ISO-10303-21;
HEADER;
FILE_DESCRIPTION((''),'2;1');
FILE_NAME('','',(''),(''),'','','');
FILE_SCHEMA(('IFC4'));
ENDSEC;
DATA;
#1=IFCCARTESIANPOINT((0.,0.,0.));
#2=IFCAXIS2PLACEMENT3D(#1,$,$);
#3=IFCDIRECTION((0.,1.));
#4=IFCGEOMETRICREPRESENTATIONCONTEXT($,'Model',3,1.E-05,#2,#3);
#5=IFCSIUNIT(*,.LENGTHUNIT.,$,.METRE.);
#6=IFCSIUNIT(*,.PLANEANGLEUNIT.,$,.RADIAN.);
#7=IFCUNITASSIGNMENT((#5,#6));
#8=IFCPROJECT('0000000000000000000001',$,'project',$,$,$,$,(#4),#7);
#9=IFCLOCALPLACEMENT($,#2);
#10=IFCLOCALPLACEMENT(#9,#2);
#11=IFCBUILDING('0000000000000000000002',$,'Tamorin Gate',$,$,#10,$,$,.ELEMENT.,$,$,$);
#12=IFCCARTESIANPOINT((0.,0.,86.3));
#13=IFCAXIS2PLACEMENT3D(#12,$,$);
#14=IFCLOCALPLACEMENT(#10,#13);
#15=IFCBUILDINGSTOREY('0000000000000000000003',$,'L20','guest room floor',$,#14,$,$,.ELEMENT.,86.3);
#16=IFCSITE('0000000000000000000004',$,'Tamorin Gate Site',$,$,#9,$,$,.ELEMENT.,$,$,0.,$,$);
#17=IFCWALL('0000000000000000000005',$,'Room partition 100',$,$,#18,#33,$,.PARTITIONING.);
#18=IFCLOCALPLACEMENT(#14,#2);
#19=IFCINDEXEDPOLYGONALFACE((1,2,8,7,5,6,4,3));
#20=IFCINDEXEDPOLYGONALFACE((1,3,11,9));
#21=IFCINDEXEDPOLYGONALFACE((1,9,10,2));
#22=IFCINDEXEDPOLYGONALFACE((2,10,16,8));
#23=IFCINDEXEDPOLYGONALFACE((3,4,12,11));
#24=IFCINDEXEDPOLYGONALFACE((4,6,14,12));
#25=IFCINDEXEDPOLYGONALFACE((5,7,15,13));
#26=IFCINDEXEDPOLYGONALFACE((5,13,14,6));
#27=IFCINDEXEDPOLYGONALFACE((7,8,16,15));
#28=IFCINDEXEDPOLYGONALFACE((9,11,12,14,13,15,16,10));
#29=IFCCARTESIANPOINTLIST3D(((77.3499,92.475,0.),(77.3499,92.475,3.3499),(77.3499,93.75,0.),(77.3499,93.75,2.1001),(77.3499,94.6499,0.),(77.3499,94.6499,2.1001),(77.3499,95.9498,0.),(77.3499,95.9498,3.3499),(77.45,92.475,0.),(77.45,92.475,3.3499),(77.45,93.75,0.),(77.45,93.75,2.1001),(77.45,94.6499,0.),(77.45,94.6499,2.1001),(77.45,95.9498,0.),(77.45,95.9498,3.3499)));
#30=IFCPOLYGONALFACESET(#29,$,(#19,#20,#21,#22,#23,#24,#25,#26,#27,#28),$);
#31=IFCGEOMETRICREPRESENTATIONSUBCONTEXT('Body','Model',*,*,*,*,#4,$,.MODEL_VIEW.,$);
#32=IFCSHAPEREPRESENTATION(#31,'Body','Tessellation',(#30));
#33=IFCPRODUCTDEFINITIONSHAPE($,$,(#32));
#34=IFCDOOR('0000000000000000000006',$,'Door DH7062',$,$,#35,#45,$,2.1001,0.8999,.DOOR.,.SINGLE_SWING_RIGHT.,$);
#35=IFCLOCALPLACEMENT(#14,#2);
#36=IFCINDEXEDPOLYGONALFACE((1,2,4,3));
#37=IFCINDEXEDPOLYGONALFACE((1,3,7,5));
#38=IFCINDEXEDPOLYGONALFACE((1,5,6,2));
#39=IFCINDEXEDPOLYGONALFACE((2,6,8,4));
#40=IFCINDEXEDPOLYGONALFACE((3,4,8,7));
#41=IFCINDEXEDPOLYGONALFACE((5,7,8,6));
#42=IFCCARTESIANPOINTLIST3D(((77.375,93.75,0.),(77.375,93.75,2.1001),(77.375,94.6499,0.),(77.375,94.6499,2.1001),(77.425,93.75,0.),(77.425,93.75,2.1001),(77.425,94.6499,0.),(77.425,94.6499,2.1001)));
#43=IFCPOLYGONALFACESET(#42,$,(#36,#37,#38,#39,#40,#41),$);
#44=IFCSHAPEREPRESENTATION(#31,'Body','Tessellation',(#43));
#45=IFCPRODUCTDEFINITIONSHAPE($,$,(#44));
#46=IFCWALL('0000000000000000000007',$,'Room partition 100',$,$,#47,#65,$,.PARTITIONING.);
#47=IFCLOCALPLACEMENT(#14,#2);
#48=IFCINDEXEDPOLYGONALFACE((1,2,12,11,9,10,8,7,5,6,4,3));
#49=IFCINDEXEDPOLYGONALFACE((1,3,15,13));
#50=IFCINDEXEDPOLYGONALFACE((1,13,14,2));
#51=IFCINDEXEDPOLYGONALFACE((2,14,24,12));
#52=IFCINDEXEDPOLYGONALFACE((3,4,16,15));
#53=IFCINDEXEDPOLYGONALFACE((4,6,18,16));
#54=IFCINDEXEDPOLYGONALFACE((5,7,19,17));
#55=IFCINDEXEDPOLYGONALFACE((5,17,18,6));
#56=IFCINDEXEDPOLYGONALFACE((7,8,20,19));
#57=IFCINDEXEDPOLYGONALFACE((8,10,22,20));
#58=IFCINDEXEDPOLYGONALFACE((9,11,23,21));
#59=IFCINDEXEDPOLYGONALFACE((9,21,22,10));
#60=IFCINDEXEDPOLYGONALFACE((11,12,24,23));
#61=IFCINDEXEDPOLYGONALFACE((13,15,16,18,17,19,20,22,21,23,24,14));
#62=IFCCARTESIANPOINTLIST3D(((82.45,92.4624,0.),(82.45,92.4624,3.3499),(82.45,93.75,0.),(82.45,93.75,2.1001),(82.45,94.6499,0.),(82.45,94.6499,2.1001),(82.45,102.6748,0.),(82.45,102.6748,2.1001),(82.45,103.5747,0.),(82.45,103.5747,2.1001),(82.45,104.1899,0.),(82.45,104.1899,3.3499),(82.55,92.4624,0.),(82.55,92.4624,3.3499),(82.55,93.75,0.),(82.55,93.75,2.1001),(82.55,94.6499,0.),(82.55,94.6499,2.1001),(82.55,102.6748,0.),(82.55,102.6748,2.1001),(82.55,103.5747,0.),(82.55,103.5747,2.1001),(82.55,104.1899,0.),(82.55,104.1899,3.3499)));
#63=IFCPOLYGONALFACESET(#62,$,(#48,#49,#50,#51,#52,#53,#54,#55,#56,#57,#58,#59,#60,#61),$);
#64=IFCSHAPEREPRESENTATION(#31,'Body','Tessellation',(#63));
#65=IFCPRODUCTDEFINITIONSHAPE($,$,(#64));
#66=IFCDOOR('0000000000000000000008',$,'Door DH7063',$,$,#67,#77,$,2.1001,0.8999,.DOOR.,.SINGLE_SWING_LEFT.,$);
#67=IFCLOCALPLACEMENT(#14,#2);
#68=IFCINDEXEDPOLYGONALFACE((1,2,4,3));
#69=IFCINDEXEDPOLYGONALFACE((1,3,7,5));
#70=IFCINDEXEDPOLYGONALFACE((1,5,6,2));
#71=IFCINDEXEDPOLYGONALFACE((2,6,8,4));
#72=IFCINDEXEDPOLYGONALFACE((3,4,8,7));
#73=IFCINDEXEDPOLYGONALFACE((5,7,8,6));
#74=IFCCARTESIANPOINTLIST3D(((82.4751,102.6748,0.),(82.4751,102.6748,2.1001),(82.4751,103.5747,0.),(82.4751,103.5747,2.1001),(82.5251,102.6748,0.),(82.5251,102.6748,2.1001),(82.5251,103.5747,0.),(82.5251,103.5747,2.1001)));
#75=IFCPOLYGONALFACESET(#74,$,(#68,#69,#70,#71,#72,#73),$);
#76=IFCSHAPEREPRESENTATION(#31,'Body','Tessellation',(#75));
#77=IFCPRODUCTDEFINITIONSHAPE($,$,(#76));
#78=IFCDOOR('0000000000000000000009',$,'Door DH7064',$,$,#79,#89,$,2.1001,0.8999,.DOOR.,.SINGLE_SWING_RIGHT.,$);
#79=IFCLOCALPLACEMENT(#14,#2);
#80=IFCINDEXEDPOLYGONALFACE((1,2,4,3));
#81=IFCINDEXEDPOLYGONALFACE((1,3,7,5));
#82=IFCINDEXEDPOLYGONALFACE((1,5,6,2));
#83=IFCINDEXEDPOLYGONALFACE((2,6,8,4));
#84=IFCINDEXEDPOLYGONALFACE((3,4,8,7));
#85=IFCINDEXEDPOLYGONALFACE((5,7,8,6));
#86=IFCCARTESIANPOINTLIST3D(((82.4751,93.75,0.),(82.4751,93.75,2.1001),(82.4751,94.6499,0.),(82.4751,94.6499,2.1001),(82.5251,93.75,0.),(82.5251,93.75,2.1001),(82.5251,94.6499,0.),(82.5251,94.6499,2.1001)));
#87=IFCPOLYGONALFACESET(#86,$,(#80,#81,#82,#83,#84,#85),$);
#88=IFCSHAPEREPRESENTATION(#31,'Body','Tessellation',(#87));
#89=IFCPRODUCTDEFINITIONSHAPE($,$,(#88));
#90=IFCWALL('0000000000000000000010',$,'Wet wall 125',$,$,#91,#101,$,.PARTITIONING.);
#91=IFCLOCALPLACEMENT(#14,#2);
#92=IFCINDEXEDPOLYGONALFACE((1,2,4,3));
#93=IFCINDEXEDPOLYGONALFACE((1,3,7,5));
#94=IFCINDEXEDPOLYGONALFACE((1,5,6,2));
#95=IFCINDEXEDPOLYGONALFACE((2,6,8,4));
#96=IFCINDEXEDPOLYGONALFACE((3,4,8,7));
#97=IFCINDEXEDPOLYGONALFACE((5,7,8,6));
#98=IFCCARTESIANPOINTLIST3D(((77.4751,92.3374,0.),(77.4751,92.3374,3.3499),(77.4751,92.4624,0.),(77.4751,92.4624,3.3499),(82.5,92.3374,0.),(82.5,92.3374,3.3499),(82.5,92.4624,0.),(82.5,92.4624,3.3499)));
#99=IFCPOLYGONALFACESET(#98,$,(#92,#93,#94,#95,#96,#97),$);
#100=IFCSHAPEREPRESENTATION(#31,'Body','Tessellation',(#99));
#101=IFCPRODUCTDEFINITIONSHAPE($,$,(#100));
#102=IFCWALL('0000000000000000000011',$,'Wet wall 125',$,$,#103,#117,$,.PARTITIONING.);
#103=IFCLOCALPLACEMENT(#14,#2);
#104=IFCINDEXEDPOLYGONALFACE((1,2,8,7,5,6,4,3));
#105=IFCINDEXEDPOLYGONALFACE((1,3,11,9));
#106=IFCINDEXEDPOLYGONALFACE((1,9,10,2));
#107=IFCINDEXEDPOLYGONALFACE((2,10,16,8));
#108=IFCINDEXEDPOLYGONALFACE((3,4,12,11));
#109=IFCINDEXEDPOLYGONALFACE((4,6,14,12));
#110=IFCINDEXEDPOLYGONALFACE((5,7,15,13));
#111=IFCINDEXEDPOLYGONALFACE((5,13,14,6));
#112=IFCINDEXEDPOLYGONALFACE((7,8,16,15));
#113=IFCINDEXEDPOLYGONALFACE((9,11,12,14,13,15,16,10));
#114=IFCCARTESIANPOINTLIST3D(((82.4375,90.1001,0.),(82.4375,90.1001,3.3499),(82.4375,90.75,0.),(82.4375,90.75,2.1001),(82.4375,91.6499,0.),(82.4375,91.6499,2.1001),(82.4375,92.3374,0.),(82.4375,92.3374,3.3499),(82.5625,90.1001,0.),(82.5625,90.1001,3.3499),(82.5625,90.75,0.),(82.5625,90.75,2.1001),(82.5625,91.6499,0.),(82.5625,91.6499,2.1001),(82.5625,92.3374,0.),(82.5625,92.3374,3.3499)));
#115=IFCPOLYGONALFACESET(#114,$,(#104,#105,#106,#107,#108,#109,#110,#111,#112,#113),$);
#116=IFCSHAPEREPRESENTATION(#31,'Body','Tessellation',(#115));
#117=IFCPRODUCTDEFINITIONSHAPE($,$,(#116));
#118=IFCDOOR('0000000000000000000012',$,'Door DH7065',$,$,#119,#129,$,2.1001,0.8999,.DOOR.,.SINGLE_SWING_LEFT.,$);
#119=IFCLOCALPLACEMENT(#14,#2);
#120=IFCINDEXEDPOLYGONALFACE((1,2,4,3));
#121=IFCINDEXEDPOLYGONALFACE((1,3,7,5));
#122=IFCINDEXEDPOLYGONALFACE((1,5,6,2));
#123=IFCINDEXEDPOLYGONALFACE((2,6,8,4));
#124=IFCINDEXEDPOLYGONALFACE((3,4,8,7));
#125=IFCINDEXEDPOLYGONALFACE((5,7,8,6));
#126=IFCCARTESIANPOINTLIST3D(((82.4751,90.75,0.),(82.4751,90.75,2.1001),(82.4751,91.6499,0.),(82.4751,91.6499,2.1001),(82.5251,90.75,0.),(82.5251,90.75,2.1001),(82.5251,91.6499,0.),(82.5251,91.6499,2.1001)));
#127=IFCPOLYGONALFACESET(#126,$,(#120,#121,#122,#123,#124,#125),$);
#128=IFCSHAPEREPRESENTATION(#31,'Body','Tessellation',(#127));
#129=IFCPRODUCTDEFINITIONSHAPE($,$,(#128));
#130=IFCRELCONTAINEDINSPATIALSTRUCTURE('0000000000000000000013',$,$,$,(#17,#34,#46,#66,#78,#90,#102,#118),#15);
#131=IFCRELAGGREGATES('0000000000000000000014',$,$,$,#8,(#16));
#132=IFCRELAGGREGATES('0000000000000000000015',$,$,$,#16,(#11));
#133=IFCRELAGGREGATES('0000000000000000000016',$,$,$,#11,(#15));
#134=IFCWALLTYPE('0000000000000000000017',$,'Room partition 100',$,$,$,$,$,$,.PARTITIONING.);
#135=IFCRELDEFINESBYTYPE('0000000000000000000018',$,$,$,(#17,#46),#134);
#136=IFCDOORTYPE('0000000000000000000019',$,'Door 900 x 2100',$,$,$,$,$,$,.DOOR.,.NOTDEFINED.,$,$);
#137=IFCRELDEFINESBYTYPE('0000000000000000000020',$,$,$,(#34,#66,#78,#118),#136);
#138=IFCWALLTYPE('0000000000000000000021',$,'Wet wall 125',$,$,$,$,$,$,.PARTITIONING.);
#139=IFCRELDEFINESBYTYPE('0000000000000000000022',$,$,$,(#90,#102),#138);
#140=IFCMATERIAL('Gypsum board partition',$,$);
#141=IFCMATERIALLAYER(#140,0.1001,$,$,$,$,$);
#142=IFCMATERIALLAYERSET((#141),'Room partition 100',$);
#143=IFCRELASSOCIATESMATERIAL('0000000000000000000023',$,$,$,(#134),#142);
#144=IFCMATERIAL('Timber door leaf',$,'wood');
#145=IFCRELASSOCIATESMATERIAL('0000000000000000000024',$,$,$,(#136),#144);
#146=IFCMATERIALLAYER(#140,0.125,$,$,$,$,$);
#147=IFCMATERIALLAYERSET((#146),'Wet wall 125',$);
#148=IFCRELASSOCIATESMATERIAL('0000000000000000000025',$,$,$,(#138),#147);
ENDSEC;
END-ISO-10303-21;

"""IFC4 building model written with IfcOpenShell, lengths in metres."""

from ifc_helpers import new_model, si_unit, direction, frame, frame_2d, origin, place, context, subcontext, project, spatial, rectangle, extrude, material, layer, layer_set, type_object, element, fill, save


model = new_model("IFC4")

# Units and contexts
model_context = context("Model", 3, precision=1e-05, world=origin(), true_north=direction((0.0, 1.0)))
body_context = subcontext(model_context, "Body", "Model", "MODEL_VIEW")
ifc_project = project(units=[si_unit("LENGTHUNIT", "METRE"), si_unit("PLANEANGLEUNIT", "RADIAN")], contexts=[model_context])

# Site, building, storey
site_placement = place(None, origin())
site = spatial("IfcSite", under=ifc_project, at=site_placement, Name="Tamorin Gate Site", CompositionType="ELEMENT", RefElevation=0.0)
building_placement = place(site_placement, origin())
building = spatial("IfcBuilding", under=site, at=building_placement, Name="Tamorin Gate", CompositionType="ELEMENT")
storey_placement = place(building_placement, frame((0.0, 0.0, 86.3)))
storey = spatial("IfcBuildingStorey", under=building, at=storey_placement, Name="L20", Description="guest room floor", CompositionType="ELEMENT", Elevation=86.3)

# Shared definitions
ifc_material_1 = material(Name="Gypsum board partition")

# Wall, opening, door
ifc_layer_1 = layer(ifc_material_1, 0.1001)
ifc_layer_set_1 = layer_set([ifc_layer_1], Name="Room partition 100")
wall_type_1 = type_object("IfcWallType", Name="Room partition 100", PredefinedType="PARTITIONING", material=ifc_layer_set_1)
ifc_material_2 = material(Name="Timber door leaf", Category="wood")
door_type = type_object("IfcDoorType", Name="Door 900 x 2100", OperationType="NOTDEFINED", PredefinedType="DOOR", material=ifc_material_2)
wall_1_placement = place(storey_placement, frame((77.3999, 92.4751, 0.0), z_axis=(0.0, 0.0, 1.0), x_axis=(0.0, 1.0, 0.0)))
wall_1 = element("IfcWall", 1, at=wall_1_placement, inside=storey, type_object=wall_type_1, Name="Room partition 100", PredefinedType="PARTITIONING", context=body_context, shape_type="SweptSolid", body=[
    extrude(rectangle(XDim=3.4749, YDim=0.1001, at=frame_2d((1.7373, 0.0))), origin(), (0.0, 0.0, 1.0), 3.3499),
])
opening_1_placement = place(wall_1_placement, frame((1.2749, 0.0, 0.0)))
opening_1 = element("IfcOpeningElement", 2, at=opening_1_placement, cuts=wall_1, PredefinedType="OPENING", context=body_context, shape_type="SweptSolid", body=[
    extrude(rectangle(XDim=0.8999, YDim=2.1001, at=frame_2d((0.45, 1.05))), frame((0.0, 0.0601, 0.0), z_axis=(0.0, -1.0, 0.0), x_axis=(1.0, 0.0, 0.0)), (0.0, 0.0, 1.0), 0.1201),
])
door_1_placement = place(opening_1_placement, origin())
door_1 = element("IfcDoor", 3, at=door_1_placement, inside=storey, type_object=door_type, Name="Door DH7062", OperationType="SINGLE_SWING_RIGHT", OverallHeight=2.1001, OverallWidth=0.8999, PredefinedType="DOOR", context=body_context, shape_type="SweptSolid", body=[
    extrude(rectangle(XDim=0.8999, YDim=2.1001, at=frame_2d((0.45, 1.05))), frame((0.0, 0.0249, 0.0), z_axis=(0.0, -1.0, 0.0), x_axis=(1.0, 0.0, 0.0)), (0.0, 0.0, 1.0), 0.05),
])
fill(opening_1, door_1)

# Wall, openings, doors
wall_2_placement = place(storey_placement, frame((82.5, 92.4624, 0.0), z_axis=(0.0, 0.0, 1.0), x_axis=(0.0, 1.0, 0.0)))
wall_2 = element("IfcWall", 4, at=wall_2_placement, inside=storey, type_object=wall_type_1, Name="Room partition 100", PredefinedType="PARTITIONING", context=body_context, shape_type="SweptSolid", body=[
    extrude(rectangle(XDim=11.7275, YDim=0.1001, at=frame_2d((5.8638, 0.0))), origin(), (0.0, 0.0, 1.0), 3.3499),
])
opening_2_placement = place(wall_2_placement, frame((10.2124, 0.0, 0.0)))
opening_2 = element("IfcOpeningElement", 5, at=opening_2_placement, cuts=wall_2, PredefinedType="OPENING", context=body_context, shape_type="SweptSolid", body=[
    extrude(rectangle(XDim=0.8999, YDim=2.1001, at=frame_2d((0.45, 1.05))), frame((0.0, 0.0601, 0.0), z_axis=(0.0, -1.0, 0.0), x_axis=(1.0, 0.0, 0.0)), (0.0, 0.0, 1.0), 0.1201),
])
opening_3_placement = place(wall_2_placement, frame((1.2876, 0.0, 0.0)))
opening_3 = element("IfcOpeningElement", 6, at=opening_3_placement, cuts=wall_2, PredefinedType="OPENING", context=body_context, shape_type="SweptSolid", body=[
    extrude(rectangle(XDim=0.8999, YDim=2.1001, at=frame_2d((0.45, 1.05))), frame((0.0, 0.0601, 0.0), z_axis=(0.0, -1.0, 0.0), x_axis=(1.0, 0.0, 0.0)), (0.0, 0.0, 1.0), 0.1201),
])
door_2_placement = place(opening_2_placement, origin())
door_2 = element("IfcDoor", 7, at=door_2_placement, inside=storey, type_object=door_type, Name="Door DH7063", OperationType="SINGLE_SWING_LEFT", OverallHeight=2.1001, OverallWidth=0.8999, PredefinedType="DOOR", context=body_context, shape_type="SweptSolid", body=[
    extrude(rectangle(XDim=0.8999, YDim=2.1001, at=frame_2d((0.45, 1.05))), frame((0.0, 0.0249, 0.0), z_axis=(0.0, -1.0, 0.0), x_axis=(1.0, 0.0, 0.0)), (0.0, 0.0, 1.0), 0.05),
])
fill(opening_2, door_2)
door_3_placement = place(opening_3_placement, origin())
door_3 = element("IfcDoor", 8, at=door_3_placement, inside=storey, type_object=door_type, Name="Door DH7064", OperationType="SINGLE_SWING_RIGHT", OverallHeight=2.1001, OverallWidth=0.8999, PredefinedType="DOOR", context=body_context, shape_type="SweptSolid", body=[
    extrude(rectangle(XDim=0.8999, YDim=2.1001, at=frame_2d((0.45, 1.05))), frame((0.0, 0.0249, 0.0), z_axis=(0.0, -1.0, 0.0), x_axis=(1.0, 0.0, 0.0)), (0.0, 0.0, 1.0), 0.05),
])
fill(opening_3, door_3)

# Wall
ifc_layer_2 = layer(ifc_material_1, 0.125)
ifc_layer_set_2 = layer_set([ifc_layer_2], Name="Wet wall 125")
wall_type_2 = type_object("IfcWallType", Name="Wet wall 125", PredefinedType="PARTITIONING", material=ifc_layer_set_2)
wall_3_placement = place(storey_placement, frame((77.4751, 92.3999, 0.0), z_axis=(0.0, 0.0, 1.0), x_axis=(1.0, 0.0, 0.0)))
element("IfcWall", 9, at=wall_3_placement, inside=storey, type_object=wall_type_2, Name="Wet wall 125", PredefinedType="PARTITIONING", context=body_context, shape_type="SweptSolid", body=[
    extrude(rectangle(XDim=5.0249, YDim=0.125, at=frame_2d((2.5125, 0.0))), origin(), (0.0, 0.0, 1.0), 3.3499),
])

# Wall, opening, door
wall_4_placement = place(storey_placement, frame((82.5, 90.1001, 0.0), z_axis=(0.0, 0.0, 1.0), x_axis=(0.0, 1.0, 0.0)))
wall_4 = element("IfcWall", 10, at=wall_4_placement, inside=storey, type_object=wall_type_2, Name="Wet wall 125", PredefinedType="PARTITIONING", context=body_context, shape_type="SweptSolid", body=[
    extrude(rectangle(XDim=2.2373, YDim=0.125, at=frame_2d((1.1187, 0.0))), origin(), (0.0, 0.0, 1.0), 3.3499),
])
opening_4_placement = place(wall_4_placement, frame((0.6499, 0.0, 0.0)))
opening_4 = element("IfcOpeningElement", 11, at=opening_4_placement, cuts=wall_4, PredefinedType="OPENING", context=body_context, shape_type="SweptSolid", body=[
    extrude(rectangle(XDim=0.8999, YDim=2.1001, at=frame_2d((0.45, 1.05))), frame((0.0, 0.0725, 0.0), z_axis=(0.0, -1.0, 0.0), x_axis=(1.0, 0.0, 0.0)), (0.0, 0.0, 1.0), 0.145),
])
door_4_placement = place(opening_4_placement, origin())
door_4 = element("IfcDoor", 12, at=door_4_placement, inside=storey, type_object=door_type, Name="Door DH7065", OperationType="SINGLE_SWING_LEFT", OverallHeight=2.1001, OverallWidth=0.8999, PredefinedType="DOOR", context=body_context, shape_type="SweptSolid", body=[
    extrude(rectangle(XDim=0.8999, YDim=2.1001, at=frame_2d((0.45, 1.05))), frame((0.0, 0.0249, 0.0), z_axis=(0.0, -1.0, 0.0), x_axis=(1.0, 0.0, 0.0)), (0.0, 0.0, 1.0), 0.05),
])
fill(opening_4, door_4)

save(model, "model.ifc")
